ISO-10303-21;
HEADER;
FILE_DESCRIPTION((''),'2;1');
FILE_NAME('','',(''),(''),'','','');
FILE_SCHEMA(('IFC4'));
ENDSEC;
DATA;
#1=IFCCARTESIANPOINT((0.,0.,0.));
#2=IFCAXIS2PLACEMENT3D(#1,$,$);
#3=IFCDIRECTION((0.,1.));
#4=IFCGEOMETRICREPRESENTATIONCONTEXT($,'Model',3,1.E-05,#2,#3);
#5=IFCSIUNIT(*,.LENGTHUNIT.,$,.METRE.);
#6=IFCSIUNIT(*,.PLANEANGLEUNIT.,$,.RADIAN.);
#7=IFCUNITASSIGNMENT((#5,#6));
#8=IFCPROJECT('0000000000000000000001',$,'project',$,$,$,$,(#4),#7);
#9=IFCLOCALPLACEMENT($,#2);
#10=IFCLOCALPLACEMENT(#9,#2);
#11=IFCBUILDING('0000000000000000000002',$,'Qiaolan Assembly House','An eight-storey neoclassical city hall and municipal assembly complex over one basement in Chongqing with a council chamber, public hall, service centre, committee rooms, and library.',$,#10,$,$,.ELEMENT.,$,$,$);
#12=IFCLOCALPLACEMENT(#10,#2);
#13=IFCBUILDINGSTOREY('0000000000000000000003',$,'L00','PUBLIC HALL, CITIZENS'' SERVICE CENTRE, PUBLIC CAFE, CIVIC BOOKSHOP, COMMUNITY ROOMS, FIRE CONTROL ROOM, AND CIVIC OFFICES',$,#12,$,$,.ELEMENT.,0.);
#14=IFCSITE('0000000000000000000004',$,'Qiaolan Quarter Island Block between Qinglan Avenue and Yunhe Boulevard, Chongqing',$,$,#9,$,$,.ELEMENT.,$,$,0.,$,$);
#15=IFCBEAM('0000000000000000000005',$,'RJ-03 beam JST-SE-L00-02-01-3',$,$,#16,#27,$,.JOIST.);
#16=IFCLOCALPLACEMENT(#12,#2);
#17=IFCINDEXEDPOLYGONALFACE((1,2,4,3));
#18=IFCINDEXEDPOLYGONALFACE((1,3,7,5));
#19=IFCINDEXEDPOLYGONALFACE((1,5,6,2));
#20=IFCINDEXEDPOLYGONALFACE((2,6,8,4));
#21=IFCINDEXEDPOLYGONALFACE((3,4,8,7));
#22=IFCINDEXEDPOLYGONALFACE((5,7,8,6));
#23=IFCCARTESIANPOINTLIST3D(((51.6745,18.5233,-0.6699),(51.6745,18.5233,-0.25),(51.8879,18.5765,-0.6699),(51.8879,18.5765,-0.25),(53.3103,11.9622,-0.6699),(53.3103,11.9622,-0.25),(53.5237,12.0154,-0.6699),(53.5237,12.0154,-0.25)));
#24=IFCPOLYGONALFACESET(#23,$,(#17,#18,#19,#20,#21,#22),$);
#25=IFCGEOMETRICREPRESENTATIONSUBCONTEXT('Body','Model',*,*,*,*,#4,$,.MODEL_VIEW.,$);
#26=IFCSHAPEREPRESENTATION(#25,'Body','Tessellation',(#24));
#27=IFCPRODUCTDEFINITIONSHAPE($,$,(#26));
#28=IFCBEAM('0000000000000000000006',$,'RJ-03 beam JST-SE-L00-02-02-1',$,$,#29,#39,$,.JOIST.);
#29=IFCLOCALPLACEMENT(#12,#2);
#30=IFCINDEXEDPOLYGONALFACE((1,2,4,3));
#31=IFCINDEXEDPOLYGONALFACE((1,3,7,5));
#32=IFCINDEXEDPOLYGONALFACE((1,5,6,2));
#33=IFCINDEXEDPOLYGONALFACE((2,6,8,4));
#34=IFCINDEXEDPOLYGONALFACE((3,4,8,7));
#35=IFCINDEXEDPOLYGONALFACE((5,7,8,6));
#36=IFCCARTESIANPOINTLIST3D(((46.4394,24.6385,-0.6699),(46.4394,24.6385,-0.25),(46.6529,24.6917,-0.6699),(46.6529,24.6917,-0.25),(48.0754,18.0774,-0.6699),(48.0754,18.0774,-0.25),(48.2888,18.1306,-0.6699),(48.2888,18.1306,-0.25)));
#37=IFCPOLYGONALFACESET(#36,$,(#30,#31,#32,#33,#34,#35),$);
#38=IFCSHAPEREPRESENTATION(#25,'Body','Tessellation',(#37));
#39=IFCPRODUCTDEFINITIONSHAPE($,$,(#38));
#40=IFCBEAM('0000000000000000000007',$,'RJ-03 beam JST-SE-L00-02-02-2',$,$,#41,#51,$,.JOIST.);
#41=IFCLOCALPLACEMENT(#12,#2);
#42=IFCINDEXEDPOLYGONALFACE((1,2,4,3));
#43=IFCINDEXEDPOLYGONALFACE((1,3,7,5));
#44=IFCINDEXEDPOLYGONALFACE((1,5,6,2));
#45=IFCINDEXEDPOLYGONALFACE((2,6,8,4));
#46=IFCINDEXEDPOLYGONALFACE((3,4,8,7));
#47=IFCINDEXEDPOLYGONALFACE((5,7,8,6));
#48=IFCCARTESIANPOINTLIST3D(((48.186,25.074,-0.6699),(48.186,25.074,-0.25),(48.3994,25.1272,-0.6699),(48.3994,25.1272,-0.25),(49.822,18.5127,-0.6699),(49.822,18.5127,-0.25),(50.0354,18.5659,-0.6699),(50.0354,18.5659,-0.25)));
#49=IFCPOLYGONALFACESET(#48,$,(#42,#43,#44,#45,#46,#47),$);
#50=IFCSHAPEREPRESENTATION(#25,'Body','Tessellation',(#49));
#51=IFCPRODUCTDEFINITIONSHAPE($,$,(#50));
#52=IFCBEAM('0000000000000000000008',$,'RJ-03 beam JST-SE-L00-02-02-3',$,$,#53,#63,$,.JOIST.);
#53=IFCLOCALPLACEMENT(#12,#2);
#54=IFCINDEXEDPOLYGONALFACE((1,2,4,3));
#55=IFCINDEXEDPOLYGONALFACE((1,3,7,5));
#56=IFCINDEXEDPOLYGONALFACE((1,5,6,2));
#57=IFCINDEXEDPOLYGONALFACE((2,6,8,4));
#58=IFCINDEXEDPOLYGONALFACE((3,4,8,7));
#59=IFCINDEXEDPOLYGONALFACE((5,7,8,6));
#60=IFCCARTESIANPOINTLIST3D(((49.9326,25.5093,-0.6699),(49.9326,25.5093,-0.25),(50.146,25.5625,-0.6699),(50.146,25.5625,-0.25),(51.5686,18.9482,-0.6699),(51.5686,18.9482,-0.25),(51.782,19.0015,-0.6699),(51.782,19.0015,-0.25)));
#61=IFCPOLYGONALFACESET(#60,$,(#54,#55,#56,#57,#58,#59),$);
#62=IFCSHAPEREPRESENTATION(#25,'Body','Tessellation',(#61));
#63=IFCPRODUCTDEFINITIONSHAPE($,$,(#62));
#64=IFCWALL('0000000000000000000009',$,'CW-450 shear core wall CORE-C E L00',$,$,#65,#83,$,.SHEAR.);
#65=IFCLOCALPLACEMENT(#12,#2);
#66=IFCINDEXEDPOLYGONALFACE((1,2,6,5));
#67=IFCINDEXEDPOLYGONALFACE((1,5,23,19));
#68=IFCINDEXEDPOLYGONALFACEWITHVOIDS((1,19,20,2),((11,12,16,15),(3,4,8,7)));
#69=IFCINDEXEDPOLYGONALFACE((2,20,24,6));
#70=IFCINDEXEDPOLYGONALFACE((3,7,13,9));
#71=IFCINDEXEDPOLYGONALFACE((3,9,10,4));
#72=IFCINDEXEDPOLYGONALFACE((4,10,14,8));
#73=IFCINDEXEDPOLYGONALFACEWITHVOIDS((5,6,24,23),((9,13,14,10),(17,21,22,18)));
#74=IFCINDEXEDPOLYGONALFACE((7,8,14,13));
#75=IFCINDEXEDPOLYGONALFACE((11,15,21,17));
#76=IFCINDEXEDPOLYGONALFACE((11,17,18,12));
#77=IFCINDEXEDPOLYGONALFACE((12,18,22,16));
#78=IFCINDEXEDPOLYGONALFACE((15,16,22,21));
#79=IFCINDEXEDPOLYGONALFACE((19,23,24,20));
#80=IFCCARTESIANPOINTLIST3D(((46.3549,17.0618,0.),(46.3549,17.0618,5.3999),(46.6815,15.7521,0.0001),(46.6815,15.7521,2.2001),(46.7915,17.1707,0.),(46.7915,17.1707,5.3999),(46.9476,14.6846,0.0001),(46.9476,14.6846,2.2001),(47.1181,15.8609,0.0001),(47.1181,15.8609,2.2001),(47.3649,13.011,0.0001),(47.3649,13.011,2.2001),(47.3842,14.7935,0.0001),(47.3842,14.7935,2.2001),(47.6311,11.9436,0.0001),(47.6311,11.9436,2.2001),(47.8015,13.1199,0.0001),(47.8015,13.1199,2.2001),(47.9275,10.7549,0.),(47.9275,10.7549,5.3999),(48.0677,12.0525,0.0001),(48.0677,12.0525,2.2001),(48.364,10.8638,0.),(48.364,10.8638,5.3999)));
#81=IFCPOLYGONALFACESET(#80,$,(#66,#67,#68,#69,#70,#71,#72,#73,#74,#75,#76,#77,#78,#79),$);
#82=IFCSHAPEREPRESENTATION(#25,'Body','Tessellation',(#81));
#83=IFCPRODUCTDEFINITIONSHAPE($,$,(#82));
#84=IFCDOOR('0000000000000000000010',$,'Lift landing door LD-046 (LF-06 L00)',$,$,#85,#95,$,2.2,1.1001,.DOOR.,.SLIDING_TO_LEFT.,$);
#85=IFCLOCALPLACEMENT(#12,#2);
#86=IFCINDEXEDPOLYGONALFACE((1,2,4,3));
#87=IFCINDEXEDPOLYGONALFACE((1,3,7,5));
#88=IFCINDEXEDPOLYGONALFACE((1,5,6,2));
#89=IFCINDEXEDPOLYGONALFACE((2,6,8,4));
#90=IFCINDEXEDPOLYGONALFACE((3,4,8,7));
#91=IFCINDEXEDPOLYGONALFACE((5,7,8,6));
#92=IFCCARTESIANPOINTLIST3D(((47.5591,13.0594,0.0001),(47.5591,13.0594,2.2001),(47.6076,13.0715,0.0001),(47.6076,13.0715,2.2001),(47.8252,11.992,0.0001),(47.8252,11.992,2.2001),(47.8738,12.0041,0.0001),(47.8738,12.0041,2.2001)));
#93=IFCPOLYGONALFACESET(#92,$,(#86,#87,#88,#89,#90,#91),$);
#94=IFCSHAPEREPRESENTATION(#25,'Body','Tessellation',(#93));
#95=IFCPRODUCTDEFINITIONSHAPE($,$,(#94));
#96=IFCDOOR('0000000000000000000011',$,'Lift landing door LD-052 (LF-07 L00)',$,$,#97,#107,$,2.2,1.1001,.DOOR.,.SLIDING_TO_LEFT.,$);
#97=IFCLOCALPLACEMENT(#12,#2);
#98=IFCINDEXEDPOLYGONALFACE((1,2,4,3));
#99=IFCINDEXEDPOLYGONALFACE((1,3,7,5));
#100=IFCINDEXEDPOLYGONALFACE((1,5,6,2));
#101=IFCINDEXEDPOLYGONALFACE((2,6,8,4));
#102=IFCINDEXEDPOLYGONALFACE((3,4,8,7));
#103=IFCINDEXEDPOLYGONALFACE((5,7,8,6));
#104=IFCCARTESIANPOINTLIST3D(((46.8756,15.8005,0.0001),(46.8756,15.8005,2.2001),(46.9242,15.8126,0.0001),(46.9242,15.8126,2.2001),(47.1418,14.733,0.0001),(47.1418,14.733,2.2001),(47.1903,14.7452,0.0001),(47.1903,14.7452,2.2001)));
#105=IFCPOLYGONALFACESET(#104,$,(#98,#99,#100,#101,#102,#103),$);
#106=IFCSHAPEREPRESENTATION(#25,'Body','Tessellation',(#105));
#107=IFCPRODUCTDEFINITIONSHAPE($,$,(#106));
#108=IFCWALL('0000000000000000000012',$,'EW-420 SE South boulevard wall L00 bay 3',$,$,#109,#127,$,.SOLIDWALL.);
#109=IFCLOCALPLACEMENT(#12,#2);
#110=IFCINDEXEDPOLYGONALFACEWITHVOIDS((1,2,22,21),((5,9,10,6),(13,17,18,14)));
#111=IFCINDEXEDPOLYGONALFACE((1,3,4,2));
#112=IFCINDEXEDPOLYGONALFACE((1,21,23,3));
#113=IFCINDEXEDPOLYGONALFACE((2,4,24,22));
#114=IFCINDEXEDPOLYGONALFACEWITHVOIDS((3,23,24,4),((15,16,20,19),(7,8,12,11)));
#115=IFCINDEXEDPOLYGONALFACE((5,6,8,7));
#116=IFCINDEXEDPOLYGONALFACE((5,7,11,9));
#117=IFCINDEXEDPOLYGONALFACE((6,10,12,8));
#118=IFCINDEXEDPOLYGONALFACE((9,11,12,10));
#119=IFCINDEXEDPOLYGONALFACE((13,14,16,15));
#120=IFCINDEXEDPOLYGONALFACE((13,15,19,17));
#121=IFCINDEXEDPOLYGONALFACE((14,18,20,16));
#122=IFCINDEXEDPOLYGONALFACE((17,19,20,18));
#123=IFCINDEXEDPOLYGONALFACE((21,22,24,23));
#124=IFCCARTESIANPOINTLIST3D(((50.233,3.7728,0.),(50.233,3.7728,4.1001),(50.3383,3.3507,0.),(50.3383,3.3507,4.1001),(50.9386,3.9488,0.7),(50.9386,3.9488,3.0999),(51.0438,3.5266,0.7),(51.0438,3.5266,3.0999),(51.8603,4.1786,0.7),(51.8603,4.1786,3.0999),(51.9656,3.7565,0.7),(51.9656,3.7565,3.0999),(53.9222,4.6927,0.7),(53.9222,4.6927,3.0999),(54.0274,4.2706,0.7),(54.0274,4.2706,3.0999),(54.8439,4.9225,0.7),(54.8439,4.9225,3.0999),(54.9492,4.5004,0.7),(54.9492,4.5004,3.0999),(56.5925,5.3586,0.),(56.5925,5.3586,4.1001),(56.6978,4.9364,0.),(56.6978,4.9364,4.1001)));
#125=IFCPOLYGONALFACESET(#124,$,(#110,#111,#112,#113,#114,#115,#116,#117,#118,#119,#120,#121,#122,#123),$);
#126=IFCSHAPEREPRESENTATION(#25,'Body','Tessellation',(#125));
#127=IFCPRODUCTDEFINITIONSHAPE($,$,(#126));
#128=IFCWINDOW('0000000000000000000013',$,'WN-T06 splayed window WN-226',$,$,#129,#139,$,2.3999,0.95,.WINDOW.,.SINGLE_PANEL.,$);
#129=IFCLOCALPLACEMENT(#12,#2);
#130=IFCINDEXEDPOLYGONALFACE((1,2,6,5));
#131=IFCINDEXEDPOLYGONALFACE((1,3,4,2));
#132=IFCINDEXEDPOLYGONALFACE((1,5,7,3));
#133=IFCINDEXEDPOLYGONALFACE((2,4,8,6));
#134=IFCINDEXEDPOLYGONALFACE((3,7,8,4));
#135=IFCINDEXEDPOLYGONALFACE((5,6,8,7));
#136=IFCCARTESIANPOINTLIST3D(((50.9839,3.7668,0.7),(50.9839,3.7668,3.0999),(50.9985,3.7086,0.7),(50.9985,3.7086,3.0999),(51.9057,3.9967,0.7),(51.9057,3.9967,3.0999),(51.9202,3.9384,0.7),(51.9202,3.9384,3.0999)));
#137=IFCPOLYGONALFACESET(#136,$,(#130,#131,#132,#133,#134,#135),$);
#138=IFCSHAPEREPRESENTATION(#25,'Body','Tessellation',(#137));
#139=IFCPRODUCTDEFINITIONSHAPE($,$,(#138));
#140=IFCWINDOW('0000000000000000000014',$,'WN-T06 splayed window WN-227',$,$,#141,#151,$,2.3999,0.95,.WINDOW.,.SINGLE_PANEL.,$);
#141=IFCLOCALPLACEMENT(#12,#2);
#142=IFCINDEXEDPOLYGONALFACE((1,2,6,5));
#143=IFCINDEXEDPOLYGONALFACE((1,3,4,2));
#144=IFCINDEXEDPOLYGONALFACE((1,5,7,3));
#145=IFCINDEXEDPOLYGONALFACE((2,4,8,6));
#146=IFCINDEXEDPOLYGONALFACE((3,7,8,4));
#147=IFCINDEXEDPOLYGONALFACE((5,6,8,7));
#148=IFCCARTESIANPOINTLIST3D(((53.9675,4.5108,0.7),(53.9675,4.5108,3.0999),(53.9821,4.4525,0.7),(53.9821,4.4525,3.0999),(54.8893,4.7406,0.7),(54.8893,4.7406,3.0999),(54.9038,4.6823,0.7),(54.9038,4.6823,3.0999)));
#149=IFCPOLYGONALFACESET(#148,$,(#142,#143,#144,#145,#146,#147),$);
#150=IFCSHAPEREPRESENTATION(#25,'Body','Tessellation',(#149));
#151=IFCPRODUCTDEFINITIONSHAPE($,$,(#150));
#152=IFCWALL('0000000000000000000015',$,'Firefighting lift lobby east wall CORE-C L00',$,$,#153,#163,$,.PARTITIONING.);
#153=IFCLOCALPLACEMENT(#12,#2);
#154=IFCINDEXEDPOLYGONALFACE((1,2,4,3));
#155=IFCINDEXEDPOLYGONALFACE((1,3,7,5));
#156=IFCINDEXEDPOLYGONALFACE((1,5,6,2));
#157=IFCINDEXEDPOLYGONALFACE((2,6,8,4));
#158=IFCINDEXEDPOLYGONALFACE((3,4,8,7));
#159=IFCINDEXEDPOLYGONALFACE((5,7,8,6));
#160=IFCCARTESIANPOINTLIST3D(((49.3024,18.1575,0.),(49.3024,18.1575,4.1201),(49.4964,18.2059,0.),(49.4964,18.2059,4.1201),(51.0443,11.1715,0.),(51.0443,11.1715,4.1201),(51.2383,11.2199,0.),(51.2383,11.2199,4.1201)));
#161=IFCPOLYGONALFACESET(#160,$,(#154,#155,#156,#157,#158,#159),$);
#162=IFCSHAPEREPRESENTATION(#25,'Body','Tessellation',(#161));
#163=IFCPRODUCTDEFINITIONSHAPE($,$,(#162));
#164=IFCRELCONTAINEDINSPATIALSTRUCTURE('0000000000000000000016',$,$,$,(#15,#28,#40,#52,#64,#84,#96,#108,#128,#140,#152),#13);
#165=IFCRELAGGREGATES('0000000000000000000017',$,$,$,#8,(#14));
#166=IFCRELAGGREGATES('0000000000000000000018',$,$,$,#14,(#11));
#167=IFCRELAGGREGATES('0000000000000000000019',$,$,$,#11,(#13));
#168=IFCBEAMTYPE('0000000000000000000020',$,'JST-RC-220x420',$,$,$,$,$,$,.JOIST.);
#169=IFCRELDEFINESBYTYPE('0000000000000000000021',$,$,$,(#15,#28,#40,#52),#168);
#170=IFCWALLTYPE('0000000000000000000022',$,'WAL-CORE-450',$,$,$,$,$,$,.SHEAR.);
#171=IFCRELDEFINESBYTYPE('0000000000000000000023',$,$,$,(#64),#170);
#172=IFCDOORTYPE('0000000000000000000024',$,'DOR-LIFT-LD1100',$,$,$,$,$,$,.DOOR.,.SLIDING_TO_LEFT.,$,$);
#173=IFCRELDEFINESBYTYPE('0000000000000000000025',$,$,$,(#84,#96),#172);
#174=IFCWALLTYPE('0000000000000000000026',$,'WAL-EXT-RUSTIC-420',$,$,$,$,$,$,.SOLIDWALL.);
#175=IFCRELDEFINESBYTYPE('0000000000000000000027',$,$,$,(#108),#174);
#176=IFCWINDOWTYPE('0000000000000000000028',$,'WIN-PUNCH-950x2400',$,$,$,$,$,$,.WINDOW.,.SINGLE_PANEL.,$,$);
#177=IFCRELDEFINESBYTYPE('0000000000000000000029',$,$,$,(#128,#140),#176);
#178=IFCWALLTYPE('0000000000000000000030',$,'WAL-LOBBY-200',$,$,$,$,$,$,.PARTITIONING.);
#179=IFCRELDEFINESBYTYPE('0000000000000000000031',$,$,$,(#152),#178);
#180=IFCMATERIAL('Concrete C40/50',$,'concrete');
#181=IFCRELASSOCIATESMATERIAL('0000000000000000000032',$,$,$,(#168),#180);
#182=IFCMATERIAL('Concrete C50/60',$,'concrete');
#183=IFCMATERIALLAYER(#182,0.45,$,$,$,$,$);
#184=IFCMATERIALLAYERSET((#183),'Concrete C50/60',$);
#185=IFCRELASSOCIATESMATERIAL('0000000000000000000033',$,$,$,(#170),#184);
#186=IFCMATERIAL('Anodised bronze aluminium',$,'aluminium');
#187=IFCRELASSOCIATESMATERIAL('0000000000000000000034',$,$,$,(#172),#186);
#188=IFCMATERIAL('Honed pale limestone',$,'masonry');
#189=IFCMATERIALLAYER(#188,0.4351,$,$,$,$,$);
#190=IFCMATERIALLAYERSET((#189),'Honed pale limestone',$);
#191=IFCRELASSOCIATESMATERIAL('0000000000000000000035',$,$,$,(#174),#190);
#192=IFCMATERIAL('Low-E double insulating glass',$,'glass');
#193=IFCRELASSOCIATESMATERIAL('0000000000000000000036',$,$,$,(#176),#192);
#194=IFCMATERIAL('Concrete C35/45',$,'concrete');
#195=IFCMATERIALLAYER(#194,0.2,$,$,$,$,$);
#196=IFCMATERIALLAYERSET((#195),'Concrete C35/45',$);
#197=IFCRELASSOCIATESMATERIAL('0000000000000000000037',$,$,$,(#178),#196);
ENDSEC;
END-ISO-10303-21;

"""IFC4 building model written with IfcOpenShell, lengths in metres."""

from ifc_helpers import new_model, si_unit, direction, frame, frame_2d, origin, origin_2d, place, context, subcontext, project, spatial, rectangle, extrude, material, layer, layer_set, material_profile, profile_set, type_object, element, fill, save


model = new_model("IFC4")

# Units and contexts
model_context = context("Model", 3, precision=1e-05, world=origin(), true_north=direction((0.0, 1.0)))
body_context = subcontext(model_context, "Body", "Model", "MODEL_VIEW")
ifc_project = project(units=[si_unit("LENGTHUNIT", "METRE"), si_unit("PLANEANGLEUNIT", "RADIAN")], contexts=[model_context])

# Site, building, storey
site_placement = place(None, origin())
site = spatial("IfcSite", under=ifc_project, at=site_placement, Name="Qiaolan Quarter Island Block between Qinglan Avenue and Yunhe Boulevard, Chongqing", CompositionType="ELEMENT", RefElevation=0.0)
building_placement = place(site_placement, origin())
building = spatial("IfcBuilding", under=site, at=building_placement, Name="Qiaolan Assembly House", Description="An eight-storey neoclassical city hall and municipal assembly complex over one basement in Chongqing with a council chamber, public hall, service centre, committee rooms, and library.", CompositionType="ELEMENT")
storey_placement = place(building_placement, origin())
storey = spatial("IfcBuildingStorey", under=building, at=storey_placement, Name="L00", Description="PUBLIC HALL, CITIZENS' SERVICE CENTRE, PUBLIC CAFE, CIVIC BOOKSHOP, COMMUNITY ROOMS, FIRE CONTROL ROOM, AND CIVIC OFFICES", CompositionType="ELEMENT", Elevation=0.0)

# Shared definitions
ifc_material_1 = material(Name="Concrete C50/60", Category="concrete")

# Beams
ifc_material_2 = material(Name="Concrete C40/50", Category="concrete")
ifc_material_profile_1 = material_profile(ifc_material_2, rectangle(XDim=0.22, YDim=0.4199, at=origin_2d()), Name="RCB 220x420")
ifc_profile_set_1 = profile_set([ifc_material_profile_1], Name="Concrete C40/50")
beam_type_1 = type_object("IfcBeamType", Name="JST-RC-220x420", PredefinedType="JOIST", material=ifc_profile_set_1)
for number, where, z_axis, x_axis, name in (
    (1, (53.417, 11.9888, -0.46), (-0.241907, 0.970299, 0.0), (-0.970299, -0.241907, 0.0), "RJ-03 beam JST-SE-L00-02-01-3"),
    (2, (48.1821, 18.104, -0.46), (-0.241941, 0.970291, 0.0), (-0.970291, -0.241941, 0.0), "RJ-03 beam JST-SE-L00-02-02-1"),
):
    element("IfcBeam", number, at=place(storey_placement, frame(where, z_axis=z_axis, x_axis=x_axis)), inside=storey, type_object=beam_type_1, Name=name, PredefinedType="JOIST", context=body_context, shape_type="SweptSolid", body=[
        extrude(rectangle(XDim=0.22, YDim=0.4199, at=origin_2d()), origin(), (0.0, 0.0, 1.0), 6.762),
    ])
beam_1_placement = place(storey_placement, frame((49.9287, 18.5393, -0.46), z_axis=(-0.241932, 0.970293, 0.0), x_axis=(-0.970293, -0.241932, 0.0)))
element("IfcBeam", 3, at=beam_1_placement, inside=storey, type_object=beam_type_1, Name="RJ-03 beam JST-SE-L00-02-02-2", PredefinedType="JOIST", context=body_context, shape_type="SweptSolid", body=[
    extrude(rectangle(XDim=0.22, YDim=0.4199, at=origin_2d()), origin(), (0.0, 0.0, 1.0), 6.7622),
])
beam_2_placement = place(storey_placement, frame((51.6753, 18.9749, -0.46), z_axis=(-0.241941, 0.970291, 0.0), x_axis=(-0.970291, -0.241941, 0.0)))
element("IfcBeam", 4, at=beam_2_placement, inside=storey, type_object=beam_type_1, Name="RJ-03 beam JST-SE-L00-02-02-3", PredefinedType="JOIST", context=body_context, shape_type="SweptSolid", body=[
    extrude(rectangle(XDim=0.22, YDim=0.4199, at=origin_2d()), origin(), (0.0, 0.0, 1.0), 6.762),
])

# Wall, openings, doors
ifc_layer_1 = layer(ifc_material_1, 0.45)
ifc_layer_set_1 = layer_set([ifc_layer_1], Name="Concrete C50/60")
wall_type_1 = type_object("IfcWallType", Name="WAL-CORE-450", PredefinedType="SHEAR", material=ifc_layer_set_1)
wall_1_placement = place(storey_placement, frame((48.1458, 10.8093, 0.0), z_axis=(0.0, 0.0, 1.0), x_axis=(-0.241926, 0.970295, 0.0)))
wall_1 = element("IfcWall", 5, at=wall_1_placement, inside=storey, type_object=wall_type_1, Name="CW-450 shear core wall CORE-C E L00", PredefinedType="SHEAR", context=body_context, shape_type="SweptSolid", body=[
    extrude(rectangle(XDim=6.5, YDim=0.45, at=frame_2d((3.25, 0.0))), origin(), (0.0, 0.0, 1.0), 5.3999),
])
opening_1_placement = place(wall_1_placement, frame((1.2251, 0.0, 0.0)))
opening_1 = element("IfcOpeningElement", 6, at=opening_1_placement, cuts=wall_1, PredefinedType="OPENING", context=body_context, shape_type="SweptSolid", body=[
    extrude(rectangle(XDim=1.1001, YDim=2.2, at=frame_2d((0.55, 1.1001))), frame((0.0, 0.2349, 0.0), z_axis=(0.0, -1.0, 0.0), x_axis=(1.0, 0.0, 0.0)), (0.0, 0.0, 1.0), 0.47),
])
opening_2_placement = place(wall_1_placement, frame((4.05, 0.0, 0.0)))
opening_2 = element("IfcOpeningElement", 7, at=opening_2_placement, cuts=wall_1, PredefinedType="OPENING", context=body_context, shape_type="SweptSolid", body=[
    extrude(rectangle(XDim=1.1001, YDim=2.2, at=frame_2d((0.55, 1.1001))), frame((0.0, 0.2349, 0.0), z_axis=(0.0, -1.0, 0.0), x_axis=(1.0, 0.0, 0.0)), (0.0, 0.0, 1.0), 0.47),
])
ifc_material_3 = material(Name="Anodised bronze aluminium", Category="aluminium")
door_type_1 = type_object("IfcDoorType", Name="DOR-LIFT-LD1100", OperationType="SLIDING_TO_LEFT", PredefinedType="DOOR", material=ifc_material_3)
door_1_placement = place(opening_1_placement, origin())
door_1 = element("IfcDoor", 8, at=door_1_placement, inside=storey, type_object=door_type_1, Name="Lift landing door LD-046 (LF-06 L00)", OperationType="SLIDING_TO_LEFT", OverallHeight=2.2, OverallWidth=1.1001, PredefinedType="DOOR", context=body_context, shape_type="SweptSolid", body=[
    extrude(rectangle(XDim=1.1001, YDim=2.2, at=frame_2d((0.55, 1.1001))), frame((0.0, 0.0249, 0.0), z_axis=(0.0, -1.0, 0.0), x_axis=(1.0, 0.0, 0.0)), (0.0, 0.0, 1.0), 0.05),
])
fill(opening_1, door_1)
door_2_placement = place(opening_2_placement, origin())
door_2 = element("IfcDoor", 9, at=door_2_placement, inside=storey, type_object=door_type_1, Name="Lift landing door LD-052 (LF-07 L00)", OperationType="SLIDING_TO_LEFT", OverallHeight=2.2, OverallWidth=1.1001, PredefinedType="DOOR", context=body_context, shape_type="SweptSolid", body=[
    extrude(rectangle(XDim=1.1001, YDim=2.2, at=frame_2d((0.55, 1.1001))), frame((0.0, 0.0249, 0.0), z_axis=(0.0, -1.0, 0.0), x_axis=(1.0, 0.0, 0.0)), (0.0, 0.0, 1.0), 0.05),
])
fill(opening_2, door_2)

# Wall, openings, windows
ifc_material_4 = material(Name="Honed pale limestone", Category="masonry")
ifc_layer_2 = layer(ifc_material_4, 0.4351)
ifc_layer_set_2 = layer_set([ifc_layer_2], Name="Honed pale limestone")
wall_type_2 = type_object("IfcWallType", Name="WAL-EXT-RUSTIC-420", PredefinedType="SOLIDWALL", material=ifc_layer_set_2)
wall_2_placement = place(storey_placement, frame((50.2856, 3.5618, 0.0), z_axis=(0.0, 0.0, 1.0), x_axis=(0.970291, 0.24194, 0.0)))
wall_2 = element("IfcWall", 10, at=wall_2_placement, inside=storey, type_object=wall_type_2, Name="EW-420 SE South boulevard wall L00 bay 3", PredefinedType="SOLIDWALL", context=body_context, shape_type="SweptSolid", body=[
    extrude(rectangle(XDim=6.5542, YDim=0.4351, at=frame_2d((3.2771, 0.0))), origin(), (0.0, 0.0, 1.0), 4.1001),
])
opening_3_placement = place(wall_2_placement, frame((0.7271, 0.0, 0.7)))
opening_3 = element("IfcOpeningElement", 11, at=opening_3_placement, cuts=wall_2, PredefinedType="OPENING", context=body_context, shape_type="SweptSolid", body=[
    extrude(rectangle(XDim=0.95, YDim=2.3999, at=frame_2d((0.4751, 1.2))), frame((0.0, 0.2275, 0.0), z_axis=(0.0, -1.0, 0.0), x_axis=(1.0, 0.0, 0.0)), (0.0, 0.0, 1.0), 0.4551),
])
opening_4_placement = place(wall_2_placement, frame((3.802, 0.0, 0.7)))
opening_4 = element("IfcOpeningElement", 12, at=opening_4_placement, cuts=wall_2, PredefinedType="OPENING", context=body_context, shape_type="SweptSolid", body=[
    extrude(rectangle(XDim=0.95, YDim=2.3999, at=frame_2d((0.4751, 1.2))), frame((0.0, 0.2275, 0.0), z_axis=(0.0, -1.0, 0.0), x_axis=(1.0, 0.0, 0.0)), (0.0, 0.0, 1.0), 0.4551),
])
ifc_material_5 = material(Name="Low-E double insulating glass", Category="glass")
window_type = type_object("IfcWindowType", Name="WIN-PUNCH-950x2400", PartitioningType="SINGLE_PANEL", PredefinedType="WINDOW", material=ifc_material_5)
window_1_placement = place(opening_3_placement, origin())
window_1 = element("IfcWindow", 13, at=window_1_placement, inside=storey, type_object=window_type, Name="WN-T06 splayed window WN-226", OverallHeight=2.3999, OverallWidth=0.95, PartitioningType="SINGLE_PANEL", PredefinedType="WINDOW", context=body_context, shape_type="SweptSolid", body=[
    extrude(rectangle(XDim=0.95, YDim=2.3999, at=frame_2d((0.4751, 1.2))), frame((0.0, 0.03, 0.0), z_axis=(0.0, -1.0, 0.0), x_axis=(1.0, 0.0, 0.0)), (0.0, 0.0, 1.0), 0.0601),
])
fill(opening_3, window_1)
window_2_placement = place(opening_4_placement, origin())
window_2 = element("IfcWindow", 14, at=window_2_placement, inside=storey, type_object=window_type, Name="WN-T06 splayed window WN-227", OverallHeight=2.3999, OverallWidth=0.95, PartitioningType="SINGLE_PANEL", PredefinedType="WINDOW", context=body_context, shape_type="SweptSolid", body=[
    extrude(rectangle(XDim=0.95, YDim=2.3999, at=frame_2d((0.4751, 1.2))), frame((0.0, 0.03, 0.0), z_axis=(0.0, -1.0, 0.0), x_axis=(1.0, 0.0, 0.0)), (0.0, 0.0, 1.0), 0.0601),
])
fill(opening_4, window_2)

# Wall
ifc_material_6 = material(Name="Concrete C35/45", Category="concrete")
ifc_layer_3 = layer(ifc_material_6, 0.2)
ifc_layer_set_3 = layer_set([ifc_layer_3], Name="Concrete C35/45")
wall_type_3 = type_object("IfcWallType", Name="WAL-LOBBY-200", PredefinedType="PARTITIONING", material=ifc_layer_set_3)
wall_3_placement = place(storey_placement, frame((51.1414, 11.1956, 0.0), z_axis=(0.0, 0.0, 1.0), x_axis=(-0.241937, 0.970292, 0.0)))
element("IfcWall", 15, at=wall_3_placement, inside=storey, type_object=wall_type_3, Name="Firefighting lift lobby east wall CORE-C L00", PredefinedType="PARTITIONING", context=body_context, shape_type="SweptSolid", body=[
    extrude(rectangle(XDim=7.2, YDim=0.2, at=frame_2d((3.6001, 0.0))), origin(), (0.0, 0.0, 1.0), 4.1201),
])

save(model, "model.ifc")
